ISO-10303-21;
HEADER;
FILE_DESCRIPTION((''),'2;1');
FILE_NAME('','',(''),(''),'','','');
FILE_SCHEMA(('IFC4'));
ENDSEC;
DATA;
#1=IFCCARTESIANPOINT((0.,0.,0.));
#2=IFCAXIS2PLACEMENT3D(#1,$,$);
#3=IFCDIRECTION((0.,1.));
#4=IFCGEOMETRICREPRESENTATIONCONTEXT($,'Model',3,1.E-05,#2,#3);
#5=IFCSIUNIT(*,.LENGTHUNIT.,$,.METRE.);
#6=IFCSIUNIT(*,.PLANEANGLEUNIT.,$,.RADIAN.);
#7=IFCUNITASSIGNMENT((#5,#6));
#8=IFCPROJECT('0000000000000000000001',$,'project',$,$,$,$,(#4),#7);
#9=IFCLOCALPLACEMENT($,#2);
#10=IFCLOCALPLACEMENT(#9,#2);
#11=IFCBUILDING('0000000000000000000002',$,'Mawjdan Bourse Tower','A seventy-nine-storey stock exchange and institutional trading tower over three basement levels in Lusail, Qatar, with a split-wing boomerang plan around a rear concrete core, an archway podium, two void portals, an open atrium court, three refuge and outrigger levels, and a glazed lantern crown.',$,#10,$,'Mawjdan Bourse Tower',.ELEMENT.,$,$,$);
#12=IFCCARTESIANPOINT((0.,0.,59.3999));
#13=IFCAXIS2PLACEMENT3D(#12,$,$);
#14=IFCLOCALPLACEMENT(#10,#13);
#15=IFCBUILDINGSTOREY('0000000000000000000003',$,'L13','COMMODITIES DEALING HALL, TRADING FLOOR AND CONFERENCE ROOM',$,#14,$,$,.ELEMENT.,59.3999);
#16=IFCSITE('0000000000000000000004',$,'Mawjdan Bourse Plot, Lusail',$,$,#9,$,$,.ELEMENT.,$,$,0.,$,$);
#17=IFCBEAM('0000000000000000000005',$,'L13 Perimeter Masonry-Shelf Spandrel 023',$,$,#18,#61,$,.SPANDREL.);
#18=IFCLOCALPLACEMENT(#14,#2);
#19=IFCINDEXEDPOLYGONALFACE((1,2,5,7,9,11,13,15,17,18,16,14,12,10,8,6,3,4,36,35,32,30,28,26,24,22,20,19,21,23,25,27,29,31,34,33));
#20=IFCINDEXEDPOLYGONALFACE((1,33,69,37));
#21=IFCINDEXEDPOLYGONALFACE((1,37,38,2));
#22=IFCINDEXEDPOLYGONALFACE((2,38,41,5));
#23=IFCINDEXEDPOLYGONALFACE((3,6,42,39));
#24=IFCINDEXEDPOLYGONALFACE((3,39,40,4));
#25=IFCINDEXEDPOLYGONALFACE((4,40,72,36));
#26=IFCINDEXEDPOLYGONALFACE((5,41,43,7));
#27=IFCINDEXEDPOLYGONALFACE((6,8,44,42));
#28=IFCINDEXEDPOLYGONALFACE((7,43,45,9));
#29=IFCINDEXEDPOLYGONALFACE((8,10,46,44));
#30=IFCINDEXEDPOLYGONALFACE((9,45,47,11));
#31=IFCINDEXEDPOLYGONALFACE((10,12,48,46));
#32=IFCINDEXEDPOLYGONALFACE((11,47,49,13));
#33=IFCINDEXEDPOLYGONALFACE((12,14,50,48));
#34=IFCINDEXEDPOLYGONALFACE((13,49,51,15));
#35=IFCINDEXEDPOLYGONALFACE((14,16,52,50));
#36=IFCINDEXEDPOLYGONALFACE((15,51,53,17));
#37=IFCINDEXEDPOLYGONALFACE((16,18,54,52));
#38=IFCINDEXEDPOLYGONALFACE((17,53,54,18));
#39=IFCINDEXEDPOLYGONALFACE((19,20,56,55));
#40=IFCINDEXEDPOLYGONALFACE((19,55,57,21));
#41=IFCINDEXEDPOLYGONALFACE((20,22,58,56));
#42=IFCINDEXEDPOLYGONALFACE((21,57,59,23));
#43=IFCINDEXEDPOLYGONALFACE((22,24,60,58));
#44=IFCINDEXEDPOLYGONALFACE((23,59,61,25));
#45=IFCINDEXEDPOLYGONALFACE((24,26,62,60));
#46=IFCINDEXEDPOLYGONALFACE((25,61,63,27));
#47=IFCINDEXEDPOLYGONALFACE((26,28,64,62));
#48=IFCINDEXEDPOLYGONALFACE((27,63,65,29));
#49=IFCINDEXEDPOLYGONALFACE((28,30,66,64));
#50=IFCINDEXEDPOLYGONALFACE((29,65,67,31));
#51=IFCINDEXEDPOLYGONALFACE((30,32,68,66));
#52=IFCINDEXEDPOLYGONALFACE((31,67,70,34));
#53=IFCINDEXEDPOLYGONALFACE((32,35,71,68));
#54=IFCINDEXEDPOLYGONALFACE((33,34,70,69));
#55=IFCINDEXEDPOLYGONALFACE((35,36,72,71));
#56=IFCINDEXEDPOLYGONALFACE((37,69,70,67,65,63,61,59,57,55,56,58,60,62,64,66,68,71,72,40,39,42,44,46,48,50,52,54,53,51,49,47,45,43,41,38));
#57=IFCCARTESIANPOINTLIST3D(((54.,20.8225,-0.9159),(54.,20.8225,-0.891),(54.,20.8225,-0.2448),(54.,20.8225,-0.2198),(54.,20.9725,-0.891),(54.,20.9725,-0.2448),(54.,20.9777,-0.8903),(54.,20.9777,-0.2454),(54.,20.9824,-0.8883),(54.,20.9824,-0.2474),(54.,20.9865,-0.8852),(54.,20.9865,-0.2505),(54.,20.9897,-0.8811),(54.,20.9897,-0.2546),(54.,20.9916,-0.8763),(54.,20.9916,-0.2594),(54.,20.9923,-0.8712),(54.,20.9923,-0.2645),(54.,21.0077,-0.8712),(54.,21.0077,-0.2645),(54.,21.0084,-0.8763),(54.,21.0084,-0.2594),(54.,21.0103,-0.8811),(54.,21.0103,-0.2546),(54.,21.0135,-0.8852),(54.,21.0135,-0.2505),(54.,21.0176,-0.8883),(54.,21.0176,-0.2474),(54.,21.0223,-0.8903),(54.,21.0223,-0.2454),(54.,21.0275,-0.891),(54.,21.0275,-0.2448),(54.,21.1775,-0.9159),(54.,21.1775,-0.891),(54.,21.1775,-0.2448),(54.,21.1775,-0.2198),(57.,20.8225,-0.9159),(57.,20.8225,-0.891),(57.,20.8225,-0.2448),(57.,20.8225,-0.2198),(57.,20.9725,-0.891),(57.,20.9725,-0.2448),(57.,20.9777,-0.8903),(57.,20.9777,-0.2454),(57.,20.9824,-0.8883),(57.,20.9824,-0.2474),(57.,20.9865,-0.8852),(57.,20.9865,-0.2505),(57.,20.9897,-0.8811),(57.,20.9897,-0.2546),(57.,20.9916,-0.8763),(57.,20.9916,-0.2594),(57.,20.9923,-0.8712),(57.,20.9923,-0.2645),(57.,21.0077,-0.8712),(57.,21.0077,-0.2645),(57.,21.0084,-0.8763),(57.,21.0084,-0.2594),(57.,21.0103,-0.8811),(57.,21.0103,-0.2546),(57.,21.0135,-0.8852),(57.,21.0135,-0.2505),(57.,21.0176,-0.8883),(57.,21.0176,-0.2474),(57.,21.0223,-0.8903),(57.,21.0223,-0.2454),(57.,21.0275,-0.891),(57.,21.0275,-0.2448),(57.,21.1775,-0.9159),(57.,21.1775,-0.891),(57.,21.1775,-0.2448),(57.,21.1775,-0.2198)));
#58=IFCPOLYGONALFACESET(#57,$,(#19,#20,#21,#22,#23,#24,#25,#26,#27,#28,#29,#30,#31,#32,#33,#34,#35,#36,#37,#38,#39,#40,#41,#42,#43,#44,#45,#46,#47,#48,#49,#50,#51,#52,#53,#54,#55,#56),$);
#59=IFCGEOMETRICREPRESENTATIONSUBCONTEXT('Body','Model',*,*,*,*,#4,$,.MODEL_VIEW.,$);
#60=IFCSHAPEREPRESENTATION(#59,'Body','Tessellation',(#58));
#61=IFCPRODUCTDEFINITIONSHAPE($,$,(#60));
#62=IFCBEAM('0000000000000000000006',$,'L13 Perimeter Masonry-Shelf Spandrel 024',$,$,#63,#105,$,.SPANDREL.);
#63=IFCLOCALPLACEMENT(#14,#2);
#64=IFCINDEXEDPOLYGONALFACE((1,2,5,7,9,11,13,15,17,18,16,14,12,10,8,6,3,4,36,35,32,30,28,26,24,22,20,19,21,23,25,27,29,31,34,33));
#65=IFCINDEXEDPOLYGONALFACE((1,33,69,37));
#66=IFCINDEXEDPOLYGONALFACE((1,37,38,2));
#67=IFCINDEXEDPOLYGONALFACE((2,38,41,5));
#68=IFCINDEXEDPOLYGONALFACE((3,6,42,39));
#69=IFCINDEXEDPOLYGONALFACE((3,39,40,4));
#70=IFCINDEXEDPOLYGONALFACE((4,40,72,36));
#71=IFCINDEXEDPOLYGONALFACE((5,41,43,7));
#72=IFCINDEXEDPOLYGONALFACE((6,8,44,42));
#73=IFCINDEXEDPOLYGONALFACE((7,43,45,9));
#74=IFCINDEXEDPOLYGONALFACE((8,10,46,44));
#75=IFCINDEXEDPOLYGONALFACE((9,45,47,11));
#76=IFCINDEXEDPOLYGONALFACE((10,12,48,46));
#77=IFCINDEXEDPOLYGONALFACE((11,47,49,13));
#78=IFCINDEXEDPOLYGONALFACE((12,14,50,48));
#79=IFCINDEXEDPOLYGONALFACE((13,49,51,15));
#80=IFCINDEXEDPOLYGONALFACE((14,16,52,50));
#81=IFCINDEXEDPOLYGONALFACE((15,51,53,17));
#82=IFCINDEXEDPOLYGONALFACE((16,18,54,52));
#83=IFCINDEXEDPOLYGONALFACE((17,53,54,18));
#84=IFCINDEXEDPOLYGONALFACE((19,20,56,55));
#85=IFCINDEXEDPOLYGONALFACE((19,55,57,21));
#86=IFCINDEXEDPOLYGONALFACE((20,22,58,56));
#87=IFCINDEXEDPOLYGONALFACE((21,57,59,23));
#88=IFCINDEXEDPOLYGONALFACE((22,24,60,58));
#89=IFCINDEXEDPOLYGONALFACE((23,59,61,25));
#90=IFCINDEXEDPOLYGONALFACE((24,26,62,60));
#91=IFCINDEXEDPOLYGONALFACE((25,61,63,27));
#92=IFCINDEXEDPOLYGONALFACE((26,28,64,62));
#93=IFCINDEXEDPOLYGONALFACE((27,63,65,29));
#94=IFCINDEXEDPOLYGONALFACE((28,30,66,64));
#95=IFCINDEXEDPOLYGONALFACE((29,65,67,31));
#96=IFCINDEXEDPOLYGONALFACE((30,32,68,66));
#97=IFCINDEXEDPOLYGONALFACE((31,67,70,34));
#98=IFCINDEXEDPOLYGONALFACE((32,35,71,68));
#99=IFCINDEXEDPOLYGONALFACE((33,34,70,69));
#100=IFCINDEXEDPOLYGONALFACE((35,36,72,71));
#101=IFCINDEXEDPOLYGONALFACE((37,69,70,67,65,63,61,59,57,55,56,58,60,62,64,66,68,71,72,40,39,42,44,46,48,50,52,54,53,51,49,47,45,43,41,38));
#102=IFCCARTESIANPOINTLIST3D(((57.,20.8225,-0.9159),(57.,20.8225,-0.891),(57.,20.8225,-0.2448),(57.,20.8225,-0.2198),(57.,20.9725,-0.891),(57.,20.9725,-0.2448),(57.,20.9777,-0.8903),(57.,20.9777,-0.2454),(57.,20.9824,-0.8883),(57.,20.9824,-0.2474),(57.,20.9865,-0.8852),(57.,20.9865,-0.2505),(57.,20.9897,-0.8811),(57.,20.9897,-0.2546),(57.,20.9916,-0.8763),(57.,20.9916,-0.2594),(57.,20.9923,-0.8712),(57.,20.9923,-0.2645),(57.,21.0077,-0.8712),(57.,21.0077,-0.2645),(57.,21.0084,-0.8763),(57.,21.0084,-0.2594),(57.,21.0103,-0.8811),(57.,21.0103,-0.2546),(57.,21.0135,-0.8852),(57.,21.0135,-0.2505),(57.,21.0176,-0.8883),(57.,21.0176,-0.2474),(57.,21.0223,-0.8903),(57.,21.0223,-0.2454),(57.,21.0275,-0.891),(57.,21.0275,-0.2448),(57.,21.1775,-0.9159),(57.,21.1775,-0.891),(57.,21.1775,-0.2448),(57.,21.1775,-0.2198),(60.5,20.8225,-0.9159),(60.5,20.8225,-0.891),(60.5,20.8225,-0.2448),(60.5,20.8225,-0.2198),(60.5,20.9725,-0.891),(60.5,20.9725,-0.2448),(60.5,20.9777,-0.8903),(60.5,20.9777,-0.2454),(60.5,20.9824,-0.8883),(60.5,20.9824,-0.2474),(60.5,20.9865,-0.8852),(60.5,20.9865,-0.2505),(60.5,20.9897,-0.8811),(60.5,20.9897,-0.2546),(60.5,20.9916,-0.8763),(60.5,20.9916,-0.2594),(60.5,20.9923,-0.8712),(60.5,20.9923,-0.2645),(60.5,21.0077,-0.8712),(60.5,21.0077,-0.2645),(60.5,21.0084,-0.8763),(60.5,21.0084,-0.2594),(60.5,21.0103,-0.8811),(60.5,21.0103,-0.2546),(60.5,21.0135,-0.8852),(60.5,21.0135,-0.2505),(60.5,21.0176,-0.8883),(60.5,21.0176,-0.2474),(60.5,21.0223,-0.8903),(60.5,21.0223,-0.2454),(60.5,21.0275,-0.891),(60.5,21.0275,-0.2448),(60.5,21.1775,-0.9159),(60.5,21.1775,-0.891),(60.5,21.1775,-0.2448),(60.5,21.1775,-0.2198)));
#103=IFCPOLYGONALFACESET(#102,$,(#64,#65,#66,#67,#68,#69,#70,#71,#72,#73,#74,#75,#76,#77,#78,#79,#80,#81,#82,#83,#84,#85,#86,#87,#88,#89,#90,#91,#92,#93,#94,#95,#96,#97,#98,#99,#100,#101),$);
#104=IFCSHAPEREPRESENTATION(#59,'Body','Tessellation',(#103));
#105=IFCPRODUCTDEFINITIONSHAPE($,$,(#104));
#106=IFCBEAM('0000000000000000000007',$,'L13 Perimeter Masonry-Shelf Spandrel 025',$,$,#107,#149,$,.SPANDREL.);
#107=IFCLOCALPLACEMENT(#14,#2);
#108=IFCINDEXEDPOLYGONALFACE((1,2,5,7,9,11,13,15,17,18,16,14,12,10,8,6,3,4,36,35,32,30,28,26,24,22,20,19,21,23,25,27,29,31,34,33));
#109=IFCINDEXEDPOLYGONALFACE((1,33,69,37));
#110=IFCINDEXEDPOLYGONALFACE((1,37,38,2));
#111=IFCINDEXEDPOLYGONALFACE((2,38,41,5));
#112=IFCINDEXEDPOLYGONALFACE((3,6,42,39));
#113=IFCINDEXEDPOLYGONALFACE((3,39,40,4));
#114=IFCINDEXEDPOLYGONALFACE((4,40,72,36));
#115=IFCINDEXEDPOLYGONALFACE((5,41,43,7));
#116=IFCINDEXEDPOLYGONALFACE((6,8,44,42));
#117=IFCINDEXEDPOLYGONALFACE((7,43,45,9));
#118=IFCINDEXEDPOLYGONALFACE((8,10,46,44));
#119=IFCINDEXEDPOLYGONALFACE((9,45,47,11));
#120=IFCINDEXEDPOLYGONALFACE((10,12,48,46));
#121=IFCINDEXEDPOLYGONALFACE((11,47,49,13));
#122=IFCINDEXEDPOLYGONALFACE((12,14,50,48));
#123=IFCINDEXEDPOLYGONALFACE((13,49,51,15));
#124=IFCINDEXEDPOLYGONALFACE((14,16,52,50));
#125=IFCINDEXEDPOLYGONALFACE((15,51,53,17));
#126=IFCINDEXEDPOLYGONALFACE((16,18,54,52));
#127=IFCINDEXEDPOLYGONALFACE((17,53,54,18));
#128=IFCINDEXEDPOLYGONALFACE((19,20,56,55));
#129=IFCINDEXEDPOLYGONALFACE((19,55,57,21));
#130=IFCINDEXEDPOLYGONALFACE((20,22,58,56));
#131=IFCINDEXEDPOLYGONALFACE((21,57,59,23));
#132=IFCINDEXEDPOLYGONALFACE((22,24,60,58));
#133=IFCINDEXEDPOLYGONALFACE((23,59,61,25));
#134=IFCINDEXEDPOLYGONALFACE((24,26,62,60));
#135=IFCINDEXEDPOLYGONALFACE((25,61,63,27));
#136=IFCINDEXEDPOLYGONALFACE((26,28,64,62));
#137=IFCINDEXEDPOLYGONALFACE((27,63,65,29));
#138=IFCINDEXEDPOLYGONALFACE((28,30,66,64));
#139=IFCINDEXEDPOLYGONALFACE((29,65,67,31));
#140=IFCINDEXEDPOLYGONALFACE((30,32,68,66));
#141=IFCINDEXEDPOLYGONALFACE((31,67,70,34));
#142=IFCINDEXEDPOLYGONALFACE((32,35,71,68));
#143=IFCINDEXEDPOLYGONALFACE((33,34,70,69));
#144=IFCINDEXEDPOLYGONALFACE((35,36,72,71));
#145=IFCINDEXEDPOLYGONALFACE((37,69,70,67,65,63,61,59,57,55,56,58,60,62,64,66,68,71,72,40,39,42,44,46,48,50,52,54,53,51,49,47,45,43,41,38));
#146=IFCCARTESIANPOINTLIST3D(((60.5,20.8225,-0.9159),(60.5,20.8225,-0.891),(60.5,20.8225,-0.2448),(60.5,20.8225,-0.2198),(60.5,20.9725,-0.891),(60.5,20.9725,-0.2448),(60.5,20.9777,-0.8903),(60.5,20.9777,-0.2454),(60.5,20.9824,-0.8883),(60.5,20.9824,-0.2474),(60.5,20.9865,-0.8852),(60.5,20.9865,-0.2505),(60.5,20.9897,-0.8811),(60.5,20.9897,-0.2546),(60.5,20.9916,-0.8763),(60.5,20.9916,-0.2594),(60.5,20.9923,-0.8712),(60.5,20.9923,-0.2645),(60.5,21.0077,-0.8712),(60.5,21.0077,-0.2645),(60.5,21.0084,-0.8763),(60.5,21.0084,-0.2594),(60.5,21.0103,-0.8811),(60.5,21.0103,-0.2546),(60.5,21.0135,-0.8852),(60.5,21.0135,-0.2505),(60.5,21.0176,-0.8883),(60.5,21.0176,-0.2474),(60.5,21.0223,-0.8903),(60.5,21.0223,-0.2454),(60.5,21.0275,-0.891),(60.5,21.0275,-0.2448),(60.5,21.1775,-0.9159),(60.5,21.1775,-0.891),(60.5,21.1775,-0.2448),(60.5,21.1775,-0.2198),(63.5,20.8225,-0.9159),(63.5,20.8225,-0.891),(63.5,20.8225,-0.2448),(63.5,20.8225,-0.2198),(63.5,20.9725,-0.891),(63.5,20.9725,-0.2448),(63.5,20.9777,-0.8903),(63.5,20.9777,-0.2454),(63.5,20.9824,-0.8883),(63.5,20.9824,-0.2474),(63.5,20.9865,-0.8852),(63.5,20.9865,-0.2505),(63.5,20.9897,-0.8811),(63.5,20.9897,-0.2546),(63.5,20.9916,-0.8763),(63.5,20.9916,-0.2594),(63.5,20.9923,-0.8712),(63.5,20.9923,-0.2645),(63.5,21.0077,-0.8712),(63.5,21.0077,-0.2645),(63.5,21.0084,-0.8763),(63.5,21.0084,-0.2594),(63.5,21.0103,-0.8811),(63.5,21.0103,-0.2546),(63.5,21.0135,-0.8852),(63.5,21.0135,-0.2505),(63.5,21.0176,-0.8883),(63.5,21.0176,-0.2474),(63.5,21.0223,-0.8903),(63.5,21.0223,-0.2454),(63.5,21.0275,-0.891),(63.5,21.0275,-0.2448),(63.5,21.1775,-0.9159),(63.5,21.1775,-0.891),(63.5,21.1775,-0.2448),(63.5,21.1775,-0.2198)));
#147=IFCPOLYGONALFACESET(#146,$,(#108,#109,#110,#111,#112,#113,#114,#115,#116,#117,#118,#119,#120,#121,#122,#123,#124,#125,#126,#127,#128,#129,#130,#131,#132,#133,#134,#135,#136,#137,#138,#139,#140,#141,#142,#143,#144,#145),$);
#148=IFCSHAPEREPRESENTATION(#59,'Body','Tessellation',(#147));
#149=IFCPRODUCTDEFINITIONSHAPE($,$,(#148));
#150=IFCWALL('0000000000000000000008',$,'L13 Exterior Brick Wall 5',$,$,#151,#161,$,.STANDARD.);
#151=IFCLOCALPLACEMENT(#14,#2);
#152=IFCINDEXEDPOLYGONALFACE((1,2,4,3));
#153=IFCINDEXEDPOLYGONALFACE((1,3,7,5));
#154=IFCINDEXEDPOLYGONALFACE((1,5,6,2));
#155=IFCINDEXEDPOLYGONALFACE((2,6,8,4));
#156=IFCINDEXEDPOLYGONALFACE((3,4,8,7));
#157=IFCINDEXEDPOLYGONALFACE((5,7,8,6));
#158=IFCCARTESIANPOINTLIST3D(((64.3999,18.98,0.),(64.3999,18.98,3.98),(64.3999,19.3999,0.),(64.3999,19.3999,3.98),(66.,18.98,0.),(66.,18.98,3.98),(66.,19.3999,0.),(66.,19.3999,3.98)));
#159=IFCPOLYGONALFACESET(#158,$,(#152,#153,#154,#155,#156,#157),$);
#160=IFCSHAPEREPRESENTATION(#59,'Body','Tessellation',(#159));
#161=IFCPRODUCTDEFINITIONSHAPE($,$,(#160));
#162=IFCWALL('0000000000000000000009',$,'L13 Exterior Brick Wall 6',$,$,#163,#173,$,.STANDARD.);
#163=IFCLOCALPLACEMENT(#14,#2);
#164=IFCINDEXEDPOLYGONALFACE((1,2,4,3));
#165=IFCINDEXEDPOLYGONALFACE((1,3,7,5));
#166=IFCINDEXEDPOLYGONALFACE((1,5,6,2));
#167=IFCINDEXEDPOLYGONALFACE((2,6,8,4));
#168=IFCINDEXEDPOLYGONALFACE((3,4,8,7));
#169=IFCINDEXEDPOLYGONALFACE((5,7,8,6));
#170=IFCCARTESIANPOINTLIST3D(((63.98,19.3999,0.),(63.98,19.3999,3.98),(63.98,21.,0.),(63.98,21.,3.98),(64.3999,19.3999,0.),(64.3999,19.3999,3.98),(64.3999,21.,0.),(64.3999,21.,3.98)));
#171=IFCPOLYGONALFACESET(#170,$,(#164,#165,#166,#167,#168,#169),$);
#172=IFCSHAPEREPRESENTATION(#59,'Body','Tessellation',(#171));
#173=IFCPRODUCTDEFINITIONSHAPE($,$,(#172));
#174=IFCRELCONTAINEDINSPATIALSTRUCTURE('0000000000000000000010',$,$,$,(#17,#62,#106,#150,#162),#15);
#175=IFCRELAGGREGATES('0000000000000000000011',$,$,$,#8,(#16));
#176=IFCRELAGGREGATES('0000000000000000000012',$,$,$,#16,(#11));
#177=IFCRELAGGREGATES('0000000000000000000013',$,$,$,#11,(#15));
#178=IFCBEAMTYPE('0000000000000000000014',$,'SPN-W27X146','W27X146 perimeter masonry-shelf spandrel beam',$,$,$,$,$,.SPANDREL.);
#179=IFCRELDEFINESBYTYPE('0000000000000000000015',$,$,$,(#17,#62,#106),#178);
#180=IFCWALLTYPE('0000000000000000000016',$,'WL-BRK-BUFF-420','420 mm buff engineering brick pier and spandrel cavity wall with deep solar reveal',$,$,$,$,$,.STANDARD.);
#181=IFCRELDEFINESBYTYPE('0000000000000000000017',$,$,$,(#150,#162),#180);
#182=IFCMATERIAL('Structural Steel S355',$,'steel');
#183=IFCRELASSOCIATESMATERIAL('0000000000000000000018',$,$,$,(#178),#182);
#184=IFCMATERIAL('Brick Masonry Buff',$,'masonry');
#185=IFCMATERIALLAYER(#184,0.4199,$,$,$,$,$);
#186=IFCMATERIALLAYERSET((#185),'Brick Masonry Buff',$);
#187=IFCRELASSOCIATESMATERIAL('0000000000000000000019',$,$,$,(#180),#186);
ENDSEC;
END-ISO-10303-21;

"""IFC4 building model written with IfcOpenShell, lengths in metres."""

from ifc_helpers import new_model, si_unit, direction, frame, frame_2d, origin, origin_2d, place, context, subcontext, project, spatial, rectangle, i_section, extrude, material, layer, layer_set, material_profile, profile_set, type_object, element, save


model = new_model("IFC4")

# Units and contexts
model_context = context("Model", 3, precision=1e-05, world=origin(), true_north=direction((0.0, 1.0)))
body_context = subcontext(model_context, "Body", "Model", "MODEL_VIEW")
ifc_project = project(units=[si_unit("LENGTHUNIT", "METRE"), si_unit("PLANEANGLEUNIT", "RADIAN")], contexts=[model_context])

# Site, building, storey
site_placement = place(None, origin())
site = spatial("IfcSite", under=ifc_project, at=site_placement, Name="Mawjdan Bourse Plot, Lusail", CompositionType="ELEMENT", RefElevation=0.0)
building_placement = place(site_placement, origin())
building = spatial("IfcBuilding", under=site, at=building_placement, Name="Mawjdan Bourse Tower", Description="A seventy-nine-storey stock exchange and institutional trading tower over three basement levels in Lusail, Qatar, with a split-wing boomerang plan around a rear concrete core, an archway podium, two void portals, an open atrium court, three refuge and outrigger levels, and a glazed lantern crown.", LongName="Mawjdan Bourse Tower", CompositionType="ELEMENT")
storey_placement = place(building_placement, frame((0.0, 0.0, 59.3999)))
storey = spatial("IfcBuildingStorey", under=building, at=storey_placement, Name="L13", Description="COMMODITIES DEALING HALL, TRADING FLOOR AND CONFERENCE ROOM", CompositionType="ELEMENT", Elevation=59.3999)

# Beams
ifc_material_1 = material(Name="Structural Steel S355", Category="steel")
ifc_material_profile_1 = material_profile(ifc_material_1, i_section(OverallWidth=0.355, OverallDepth=0.696, WebThickness=0.0154, FlangeThickness=0.0249, FilletRadius=0.0198, at=origin_2d()), Name="W27X146")
ifc_profile_set_1 = profile_set([ifc_material_profile_1], Name="Structural Steel S355")
beam_type_1 = type_object("IfcBeamType", Name="SPN-W27X146", Description="W27X146 perimeter masonry-shelf spandrel beam", PredefinedType="SPANDREL", material=ifc_profile_set_1)
beam_1_placement = place(storey_placement, frame((54.0, 21.0, -0.5679), z_axis=(1.0, 0.0, 0.0), x_axis=(0.0, 1.0, 0.0)))
element("IfcBeam", 1, at=beam_1_placement, inside=storey, type_object=beam_type_1, Name="L13 Perimeter Masonry-Shelf Spandrel 023", PredefinedType="SPANDREL", context=body_context, shape_type="SweptSolid", body=[
    extrude(i_section(OverallWidth=0.355, OverallDepth=0.696, WebThickness=0.0154, FlangeThickness=0.0249, FilletRadius=0.0198, at=origin_2d()), origin(), (0.0, 0.0, 1.0), 3.0),
])
beam_2_placement = place(storey_placement, frame((57.0, 21.0, -0.5679), z_axis=(1.0, 0.0, 0.0), x_axis=(0.0, 1.0, 0.0)))
element("IfcBeam", 2, at=beam_2_placement, inside=storey, type_object=beam_type_1, Name="L13 Perimeter Masonry-Shelf Spandrel 024", PredefinedType="SPANDREL", context=body_context, shape_type="SweptSolid", body=[
    extrude(i_section(OverallWidth=0.355, OverallDepth=0.696, WebThickness=0.0154, FlangeThickness=0.0249, FilletRadius=0.0198, at=origin_2d()), origin(), (0.0, 0.0, 1.0), 3.5),
])
beam_3_placement = place(storey_placement, frame((60.5, 21.0, -0.5679), z_axis=(1.0, 0.0, 0.0), x_axis=(0.0, 1.0, 0.0)))
element("IfcBeam", 3, at=beam_3_placement, inside=storey, type_object=beam_type_1, Name="L13 Perimeter Masonry-Shelf Spandrel 025", PredefinedType="SPANDREL", context=body_context, shape_type="SweptSolid", body=[
    extrude(i_section(OverallWidth=0.355, OverallDepth=0.696, WebThickness=0.0154, FlangeThickness=0.0249, FilletRadius=0.0198, at=origin_2d()), origin(), (0.0, 0.0, 1.0), 3.0),
])

# Walls
ifc_material_2 = material(Name="Brick Masonry Buff", Category="masonry")
ifc_layer = layer(ifc_material_2, 0.4199)
ifc_layer_set = layer_set([ifc_layer], Name="Brick Masonry Buff")
wall_type = type_object("IfcWallType", Name="WL-BRK-BUFF-420", Description="420 mm buff engineering brick pier and spandrel cavity wall with deep solar reveal", PredefinedType="STANDARD", material=ifc_layer_set)
for number, where, z_axis, x_axis, name in (
    (4, (66.0, 19.1899, 0.0), (0.0, 0.0, 1.0), (-1.0, 0.0, 0.0), "L13 Exterior Brick Wall 5"),
    (5, (64.1899, 19.3999, 0.0), (0.0, 0.0, 1.0), (0.0, 1.0, 0.0), "L13 Exterior Brick Wall 6"),
):
    element("IfcWall", number, at=place(storey_placement, frame(where, z_axis=z_axis, x_axis=x_axis)), inside=storey, type_object=wall_type, Name=name, PredefinedType="STANDARD", context=body_context, shape_type="SweptSolid", body=[
        extrude(rectangle(XDim=1.6001, YDim=0.4199, at=frame_2d((0.8, 0.0))), origin(), (0.0, 0.0, 1.0), 3.98),
    ])

save(model, "model.ifc")
